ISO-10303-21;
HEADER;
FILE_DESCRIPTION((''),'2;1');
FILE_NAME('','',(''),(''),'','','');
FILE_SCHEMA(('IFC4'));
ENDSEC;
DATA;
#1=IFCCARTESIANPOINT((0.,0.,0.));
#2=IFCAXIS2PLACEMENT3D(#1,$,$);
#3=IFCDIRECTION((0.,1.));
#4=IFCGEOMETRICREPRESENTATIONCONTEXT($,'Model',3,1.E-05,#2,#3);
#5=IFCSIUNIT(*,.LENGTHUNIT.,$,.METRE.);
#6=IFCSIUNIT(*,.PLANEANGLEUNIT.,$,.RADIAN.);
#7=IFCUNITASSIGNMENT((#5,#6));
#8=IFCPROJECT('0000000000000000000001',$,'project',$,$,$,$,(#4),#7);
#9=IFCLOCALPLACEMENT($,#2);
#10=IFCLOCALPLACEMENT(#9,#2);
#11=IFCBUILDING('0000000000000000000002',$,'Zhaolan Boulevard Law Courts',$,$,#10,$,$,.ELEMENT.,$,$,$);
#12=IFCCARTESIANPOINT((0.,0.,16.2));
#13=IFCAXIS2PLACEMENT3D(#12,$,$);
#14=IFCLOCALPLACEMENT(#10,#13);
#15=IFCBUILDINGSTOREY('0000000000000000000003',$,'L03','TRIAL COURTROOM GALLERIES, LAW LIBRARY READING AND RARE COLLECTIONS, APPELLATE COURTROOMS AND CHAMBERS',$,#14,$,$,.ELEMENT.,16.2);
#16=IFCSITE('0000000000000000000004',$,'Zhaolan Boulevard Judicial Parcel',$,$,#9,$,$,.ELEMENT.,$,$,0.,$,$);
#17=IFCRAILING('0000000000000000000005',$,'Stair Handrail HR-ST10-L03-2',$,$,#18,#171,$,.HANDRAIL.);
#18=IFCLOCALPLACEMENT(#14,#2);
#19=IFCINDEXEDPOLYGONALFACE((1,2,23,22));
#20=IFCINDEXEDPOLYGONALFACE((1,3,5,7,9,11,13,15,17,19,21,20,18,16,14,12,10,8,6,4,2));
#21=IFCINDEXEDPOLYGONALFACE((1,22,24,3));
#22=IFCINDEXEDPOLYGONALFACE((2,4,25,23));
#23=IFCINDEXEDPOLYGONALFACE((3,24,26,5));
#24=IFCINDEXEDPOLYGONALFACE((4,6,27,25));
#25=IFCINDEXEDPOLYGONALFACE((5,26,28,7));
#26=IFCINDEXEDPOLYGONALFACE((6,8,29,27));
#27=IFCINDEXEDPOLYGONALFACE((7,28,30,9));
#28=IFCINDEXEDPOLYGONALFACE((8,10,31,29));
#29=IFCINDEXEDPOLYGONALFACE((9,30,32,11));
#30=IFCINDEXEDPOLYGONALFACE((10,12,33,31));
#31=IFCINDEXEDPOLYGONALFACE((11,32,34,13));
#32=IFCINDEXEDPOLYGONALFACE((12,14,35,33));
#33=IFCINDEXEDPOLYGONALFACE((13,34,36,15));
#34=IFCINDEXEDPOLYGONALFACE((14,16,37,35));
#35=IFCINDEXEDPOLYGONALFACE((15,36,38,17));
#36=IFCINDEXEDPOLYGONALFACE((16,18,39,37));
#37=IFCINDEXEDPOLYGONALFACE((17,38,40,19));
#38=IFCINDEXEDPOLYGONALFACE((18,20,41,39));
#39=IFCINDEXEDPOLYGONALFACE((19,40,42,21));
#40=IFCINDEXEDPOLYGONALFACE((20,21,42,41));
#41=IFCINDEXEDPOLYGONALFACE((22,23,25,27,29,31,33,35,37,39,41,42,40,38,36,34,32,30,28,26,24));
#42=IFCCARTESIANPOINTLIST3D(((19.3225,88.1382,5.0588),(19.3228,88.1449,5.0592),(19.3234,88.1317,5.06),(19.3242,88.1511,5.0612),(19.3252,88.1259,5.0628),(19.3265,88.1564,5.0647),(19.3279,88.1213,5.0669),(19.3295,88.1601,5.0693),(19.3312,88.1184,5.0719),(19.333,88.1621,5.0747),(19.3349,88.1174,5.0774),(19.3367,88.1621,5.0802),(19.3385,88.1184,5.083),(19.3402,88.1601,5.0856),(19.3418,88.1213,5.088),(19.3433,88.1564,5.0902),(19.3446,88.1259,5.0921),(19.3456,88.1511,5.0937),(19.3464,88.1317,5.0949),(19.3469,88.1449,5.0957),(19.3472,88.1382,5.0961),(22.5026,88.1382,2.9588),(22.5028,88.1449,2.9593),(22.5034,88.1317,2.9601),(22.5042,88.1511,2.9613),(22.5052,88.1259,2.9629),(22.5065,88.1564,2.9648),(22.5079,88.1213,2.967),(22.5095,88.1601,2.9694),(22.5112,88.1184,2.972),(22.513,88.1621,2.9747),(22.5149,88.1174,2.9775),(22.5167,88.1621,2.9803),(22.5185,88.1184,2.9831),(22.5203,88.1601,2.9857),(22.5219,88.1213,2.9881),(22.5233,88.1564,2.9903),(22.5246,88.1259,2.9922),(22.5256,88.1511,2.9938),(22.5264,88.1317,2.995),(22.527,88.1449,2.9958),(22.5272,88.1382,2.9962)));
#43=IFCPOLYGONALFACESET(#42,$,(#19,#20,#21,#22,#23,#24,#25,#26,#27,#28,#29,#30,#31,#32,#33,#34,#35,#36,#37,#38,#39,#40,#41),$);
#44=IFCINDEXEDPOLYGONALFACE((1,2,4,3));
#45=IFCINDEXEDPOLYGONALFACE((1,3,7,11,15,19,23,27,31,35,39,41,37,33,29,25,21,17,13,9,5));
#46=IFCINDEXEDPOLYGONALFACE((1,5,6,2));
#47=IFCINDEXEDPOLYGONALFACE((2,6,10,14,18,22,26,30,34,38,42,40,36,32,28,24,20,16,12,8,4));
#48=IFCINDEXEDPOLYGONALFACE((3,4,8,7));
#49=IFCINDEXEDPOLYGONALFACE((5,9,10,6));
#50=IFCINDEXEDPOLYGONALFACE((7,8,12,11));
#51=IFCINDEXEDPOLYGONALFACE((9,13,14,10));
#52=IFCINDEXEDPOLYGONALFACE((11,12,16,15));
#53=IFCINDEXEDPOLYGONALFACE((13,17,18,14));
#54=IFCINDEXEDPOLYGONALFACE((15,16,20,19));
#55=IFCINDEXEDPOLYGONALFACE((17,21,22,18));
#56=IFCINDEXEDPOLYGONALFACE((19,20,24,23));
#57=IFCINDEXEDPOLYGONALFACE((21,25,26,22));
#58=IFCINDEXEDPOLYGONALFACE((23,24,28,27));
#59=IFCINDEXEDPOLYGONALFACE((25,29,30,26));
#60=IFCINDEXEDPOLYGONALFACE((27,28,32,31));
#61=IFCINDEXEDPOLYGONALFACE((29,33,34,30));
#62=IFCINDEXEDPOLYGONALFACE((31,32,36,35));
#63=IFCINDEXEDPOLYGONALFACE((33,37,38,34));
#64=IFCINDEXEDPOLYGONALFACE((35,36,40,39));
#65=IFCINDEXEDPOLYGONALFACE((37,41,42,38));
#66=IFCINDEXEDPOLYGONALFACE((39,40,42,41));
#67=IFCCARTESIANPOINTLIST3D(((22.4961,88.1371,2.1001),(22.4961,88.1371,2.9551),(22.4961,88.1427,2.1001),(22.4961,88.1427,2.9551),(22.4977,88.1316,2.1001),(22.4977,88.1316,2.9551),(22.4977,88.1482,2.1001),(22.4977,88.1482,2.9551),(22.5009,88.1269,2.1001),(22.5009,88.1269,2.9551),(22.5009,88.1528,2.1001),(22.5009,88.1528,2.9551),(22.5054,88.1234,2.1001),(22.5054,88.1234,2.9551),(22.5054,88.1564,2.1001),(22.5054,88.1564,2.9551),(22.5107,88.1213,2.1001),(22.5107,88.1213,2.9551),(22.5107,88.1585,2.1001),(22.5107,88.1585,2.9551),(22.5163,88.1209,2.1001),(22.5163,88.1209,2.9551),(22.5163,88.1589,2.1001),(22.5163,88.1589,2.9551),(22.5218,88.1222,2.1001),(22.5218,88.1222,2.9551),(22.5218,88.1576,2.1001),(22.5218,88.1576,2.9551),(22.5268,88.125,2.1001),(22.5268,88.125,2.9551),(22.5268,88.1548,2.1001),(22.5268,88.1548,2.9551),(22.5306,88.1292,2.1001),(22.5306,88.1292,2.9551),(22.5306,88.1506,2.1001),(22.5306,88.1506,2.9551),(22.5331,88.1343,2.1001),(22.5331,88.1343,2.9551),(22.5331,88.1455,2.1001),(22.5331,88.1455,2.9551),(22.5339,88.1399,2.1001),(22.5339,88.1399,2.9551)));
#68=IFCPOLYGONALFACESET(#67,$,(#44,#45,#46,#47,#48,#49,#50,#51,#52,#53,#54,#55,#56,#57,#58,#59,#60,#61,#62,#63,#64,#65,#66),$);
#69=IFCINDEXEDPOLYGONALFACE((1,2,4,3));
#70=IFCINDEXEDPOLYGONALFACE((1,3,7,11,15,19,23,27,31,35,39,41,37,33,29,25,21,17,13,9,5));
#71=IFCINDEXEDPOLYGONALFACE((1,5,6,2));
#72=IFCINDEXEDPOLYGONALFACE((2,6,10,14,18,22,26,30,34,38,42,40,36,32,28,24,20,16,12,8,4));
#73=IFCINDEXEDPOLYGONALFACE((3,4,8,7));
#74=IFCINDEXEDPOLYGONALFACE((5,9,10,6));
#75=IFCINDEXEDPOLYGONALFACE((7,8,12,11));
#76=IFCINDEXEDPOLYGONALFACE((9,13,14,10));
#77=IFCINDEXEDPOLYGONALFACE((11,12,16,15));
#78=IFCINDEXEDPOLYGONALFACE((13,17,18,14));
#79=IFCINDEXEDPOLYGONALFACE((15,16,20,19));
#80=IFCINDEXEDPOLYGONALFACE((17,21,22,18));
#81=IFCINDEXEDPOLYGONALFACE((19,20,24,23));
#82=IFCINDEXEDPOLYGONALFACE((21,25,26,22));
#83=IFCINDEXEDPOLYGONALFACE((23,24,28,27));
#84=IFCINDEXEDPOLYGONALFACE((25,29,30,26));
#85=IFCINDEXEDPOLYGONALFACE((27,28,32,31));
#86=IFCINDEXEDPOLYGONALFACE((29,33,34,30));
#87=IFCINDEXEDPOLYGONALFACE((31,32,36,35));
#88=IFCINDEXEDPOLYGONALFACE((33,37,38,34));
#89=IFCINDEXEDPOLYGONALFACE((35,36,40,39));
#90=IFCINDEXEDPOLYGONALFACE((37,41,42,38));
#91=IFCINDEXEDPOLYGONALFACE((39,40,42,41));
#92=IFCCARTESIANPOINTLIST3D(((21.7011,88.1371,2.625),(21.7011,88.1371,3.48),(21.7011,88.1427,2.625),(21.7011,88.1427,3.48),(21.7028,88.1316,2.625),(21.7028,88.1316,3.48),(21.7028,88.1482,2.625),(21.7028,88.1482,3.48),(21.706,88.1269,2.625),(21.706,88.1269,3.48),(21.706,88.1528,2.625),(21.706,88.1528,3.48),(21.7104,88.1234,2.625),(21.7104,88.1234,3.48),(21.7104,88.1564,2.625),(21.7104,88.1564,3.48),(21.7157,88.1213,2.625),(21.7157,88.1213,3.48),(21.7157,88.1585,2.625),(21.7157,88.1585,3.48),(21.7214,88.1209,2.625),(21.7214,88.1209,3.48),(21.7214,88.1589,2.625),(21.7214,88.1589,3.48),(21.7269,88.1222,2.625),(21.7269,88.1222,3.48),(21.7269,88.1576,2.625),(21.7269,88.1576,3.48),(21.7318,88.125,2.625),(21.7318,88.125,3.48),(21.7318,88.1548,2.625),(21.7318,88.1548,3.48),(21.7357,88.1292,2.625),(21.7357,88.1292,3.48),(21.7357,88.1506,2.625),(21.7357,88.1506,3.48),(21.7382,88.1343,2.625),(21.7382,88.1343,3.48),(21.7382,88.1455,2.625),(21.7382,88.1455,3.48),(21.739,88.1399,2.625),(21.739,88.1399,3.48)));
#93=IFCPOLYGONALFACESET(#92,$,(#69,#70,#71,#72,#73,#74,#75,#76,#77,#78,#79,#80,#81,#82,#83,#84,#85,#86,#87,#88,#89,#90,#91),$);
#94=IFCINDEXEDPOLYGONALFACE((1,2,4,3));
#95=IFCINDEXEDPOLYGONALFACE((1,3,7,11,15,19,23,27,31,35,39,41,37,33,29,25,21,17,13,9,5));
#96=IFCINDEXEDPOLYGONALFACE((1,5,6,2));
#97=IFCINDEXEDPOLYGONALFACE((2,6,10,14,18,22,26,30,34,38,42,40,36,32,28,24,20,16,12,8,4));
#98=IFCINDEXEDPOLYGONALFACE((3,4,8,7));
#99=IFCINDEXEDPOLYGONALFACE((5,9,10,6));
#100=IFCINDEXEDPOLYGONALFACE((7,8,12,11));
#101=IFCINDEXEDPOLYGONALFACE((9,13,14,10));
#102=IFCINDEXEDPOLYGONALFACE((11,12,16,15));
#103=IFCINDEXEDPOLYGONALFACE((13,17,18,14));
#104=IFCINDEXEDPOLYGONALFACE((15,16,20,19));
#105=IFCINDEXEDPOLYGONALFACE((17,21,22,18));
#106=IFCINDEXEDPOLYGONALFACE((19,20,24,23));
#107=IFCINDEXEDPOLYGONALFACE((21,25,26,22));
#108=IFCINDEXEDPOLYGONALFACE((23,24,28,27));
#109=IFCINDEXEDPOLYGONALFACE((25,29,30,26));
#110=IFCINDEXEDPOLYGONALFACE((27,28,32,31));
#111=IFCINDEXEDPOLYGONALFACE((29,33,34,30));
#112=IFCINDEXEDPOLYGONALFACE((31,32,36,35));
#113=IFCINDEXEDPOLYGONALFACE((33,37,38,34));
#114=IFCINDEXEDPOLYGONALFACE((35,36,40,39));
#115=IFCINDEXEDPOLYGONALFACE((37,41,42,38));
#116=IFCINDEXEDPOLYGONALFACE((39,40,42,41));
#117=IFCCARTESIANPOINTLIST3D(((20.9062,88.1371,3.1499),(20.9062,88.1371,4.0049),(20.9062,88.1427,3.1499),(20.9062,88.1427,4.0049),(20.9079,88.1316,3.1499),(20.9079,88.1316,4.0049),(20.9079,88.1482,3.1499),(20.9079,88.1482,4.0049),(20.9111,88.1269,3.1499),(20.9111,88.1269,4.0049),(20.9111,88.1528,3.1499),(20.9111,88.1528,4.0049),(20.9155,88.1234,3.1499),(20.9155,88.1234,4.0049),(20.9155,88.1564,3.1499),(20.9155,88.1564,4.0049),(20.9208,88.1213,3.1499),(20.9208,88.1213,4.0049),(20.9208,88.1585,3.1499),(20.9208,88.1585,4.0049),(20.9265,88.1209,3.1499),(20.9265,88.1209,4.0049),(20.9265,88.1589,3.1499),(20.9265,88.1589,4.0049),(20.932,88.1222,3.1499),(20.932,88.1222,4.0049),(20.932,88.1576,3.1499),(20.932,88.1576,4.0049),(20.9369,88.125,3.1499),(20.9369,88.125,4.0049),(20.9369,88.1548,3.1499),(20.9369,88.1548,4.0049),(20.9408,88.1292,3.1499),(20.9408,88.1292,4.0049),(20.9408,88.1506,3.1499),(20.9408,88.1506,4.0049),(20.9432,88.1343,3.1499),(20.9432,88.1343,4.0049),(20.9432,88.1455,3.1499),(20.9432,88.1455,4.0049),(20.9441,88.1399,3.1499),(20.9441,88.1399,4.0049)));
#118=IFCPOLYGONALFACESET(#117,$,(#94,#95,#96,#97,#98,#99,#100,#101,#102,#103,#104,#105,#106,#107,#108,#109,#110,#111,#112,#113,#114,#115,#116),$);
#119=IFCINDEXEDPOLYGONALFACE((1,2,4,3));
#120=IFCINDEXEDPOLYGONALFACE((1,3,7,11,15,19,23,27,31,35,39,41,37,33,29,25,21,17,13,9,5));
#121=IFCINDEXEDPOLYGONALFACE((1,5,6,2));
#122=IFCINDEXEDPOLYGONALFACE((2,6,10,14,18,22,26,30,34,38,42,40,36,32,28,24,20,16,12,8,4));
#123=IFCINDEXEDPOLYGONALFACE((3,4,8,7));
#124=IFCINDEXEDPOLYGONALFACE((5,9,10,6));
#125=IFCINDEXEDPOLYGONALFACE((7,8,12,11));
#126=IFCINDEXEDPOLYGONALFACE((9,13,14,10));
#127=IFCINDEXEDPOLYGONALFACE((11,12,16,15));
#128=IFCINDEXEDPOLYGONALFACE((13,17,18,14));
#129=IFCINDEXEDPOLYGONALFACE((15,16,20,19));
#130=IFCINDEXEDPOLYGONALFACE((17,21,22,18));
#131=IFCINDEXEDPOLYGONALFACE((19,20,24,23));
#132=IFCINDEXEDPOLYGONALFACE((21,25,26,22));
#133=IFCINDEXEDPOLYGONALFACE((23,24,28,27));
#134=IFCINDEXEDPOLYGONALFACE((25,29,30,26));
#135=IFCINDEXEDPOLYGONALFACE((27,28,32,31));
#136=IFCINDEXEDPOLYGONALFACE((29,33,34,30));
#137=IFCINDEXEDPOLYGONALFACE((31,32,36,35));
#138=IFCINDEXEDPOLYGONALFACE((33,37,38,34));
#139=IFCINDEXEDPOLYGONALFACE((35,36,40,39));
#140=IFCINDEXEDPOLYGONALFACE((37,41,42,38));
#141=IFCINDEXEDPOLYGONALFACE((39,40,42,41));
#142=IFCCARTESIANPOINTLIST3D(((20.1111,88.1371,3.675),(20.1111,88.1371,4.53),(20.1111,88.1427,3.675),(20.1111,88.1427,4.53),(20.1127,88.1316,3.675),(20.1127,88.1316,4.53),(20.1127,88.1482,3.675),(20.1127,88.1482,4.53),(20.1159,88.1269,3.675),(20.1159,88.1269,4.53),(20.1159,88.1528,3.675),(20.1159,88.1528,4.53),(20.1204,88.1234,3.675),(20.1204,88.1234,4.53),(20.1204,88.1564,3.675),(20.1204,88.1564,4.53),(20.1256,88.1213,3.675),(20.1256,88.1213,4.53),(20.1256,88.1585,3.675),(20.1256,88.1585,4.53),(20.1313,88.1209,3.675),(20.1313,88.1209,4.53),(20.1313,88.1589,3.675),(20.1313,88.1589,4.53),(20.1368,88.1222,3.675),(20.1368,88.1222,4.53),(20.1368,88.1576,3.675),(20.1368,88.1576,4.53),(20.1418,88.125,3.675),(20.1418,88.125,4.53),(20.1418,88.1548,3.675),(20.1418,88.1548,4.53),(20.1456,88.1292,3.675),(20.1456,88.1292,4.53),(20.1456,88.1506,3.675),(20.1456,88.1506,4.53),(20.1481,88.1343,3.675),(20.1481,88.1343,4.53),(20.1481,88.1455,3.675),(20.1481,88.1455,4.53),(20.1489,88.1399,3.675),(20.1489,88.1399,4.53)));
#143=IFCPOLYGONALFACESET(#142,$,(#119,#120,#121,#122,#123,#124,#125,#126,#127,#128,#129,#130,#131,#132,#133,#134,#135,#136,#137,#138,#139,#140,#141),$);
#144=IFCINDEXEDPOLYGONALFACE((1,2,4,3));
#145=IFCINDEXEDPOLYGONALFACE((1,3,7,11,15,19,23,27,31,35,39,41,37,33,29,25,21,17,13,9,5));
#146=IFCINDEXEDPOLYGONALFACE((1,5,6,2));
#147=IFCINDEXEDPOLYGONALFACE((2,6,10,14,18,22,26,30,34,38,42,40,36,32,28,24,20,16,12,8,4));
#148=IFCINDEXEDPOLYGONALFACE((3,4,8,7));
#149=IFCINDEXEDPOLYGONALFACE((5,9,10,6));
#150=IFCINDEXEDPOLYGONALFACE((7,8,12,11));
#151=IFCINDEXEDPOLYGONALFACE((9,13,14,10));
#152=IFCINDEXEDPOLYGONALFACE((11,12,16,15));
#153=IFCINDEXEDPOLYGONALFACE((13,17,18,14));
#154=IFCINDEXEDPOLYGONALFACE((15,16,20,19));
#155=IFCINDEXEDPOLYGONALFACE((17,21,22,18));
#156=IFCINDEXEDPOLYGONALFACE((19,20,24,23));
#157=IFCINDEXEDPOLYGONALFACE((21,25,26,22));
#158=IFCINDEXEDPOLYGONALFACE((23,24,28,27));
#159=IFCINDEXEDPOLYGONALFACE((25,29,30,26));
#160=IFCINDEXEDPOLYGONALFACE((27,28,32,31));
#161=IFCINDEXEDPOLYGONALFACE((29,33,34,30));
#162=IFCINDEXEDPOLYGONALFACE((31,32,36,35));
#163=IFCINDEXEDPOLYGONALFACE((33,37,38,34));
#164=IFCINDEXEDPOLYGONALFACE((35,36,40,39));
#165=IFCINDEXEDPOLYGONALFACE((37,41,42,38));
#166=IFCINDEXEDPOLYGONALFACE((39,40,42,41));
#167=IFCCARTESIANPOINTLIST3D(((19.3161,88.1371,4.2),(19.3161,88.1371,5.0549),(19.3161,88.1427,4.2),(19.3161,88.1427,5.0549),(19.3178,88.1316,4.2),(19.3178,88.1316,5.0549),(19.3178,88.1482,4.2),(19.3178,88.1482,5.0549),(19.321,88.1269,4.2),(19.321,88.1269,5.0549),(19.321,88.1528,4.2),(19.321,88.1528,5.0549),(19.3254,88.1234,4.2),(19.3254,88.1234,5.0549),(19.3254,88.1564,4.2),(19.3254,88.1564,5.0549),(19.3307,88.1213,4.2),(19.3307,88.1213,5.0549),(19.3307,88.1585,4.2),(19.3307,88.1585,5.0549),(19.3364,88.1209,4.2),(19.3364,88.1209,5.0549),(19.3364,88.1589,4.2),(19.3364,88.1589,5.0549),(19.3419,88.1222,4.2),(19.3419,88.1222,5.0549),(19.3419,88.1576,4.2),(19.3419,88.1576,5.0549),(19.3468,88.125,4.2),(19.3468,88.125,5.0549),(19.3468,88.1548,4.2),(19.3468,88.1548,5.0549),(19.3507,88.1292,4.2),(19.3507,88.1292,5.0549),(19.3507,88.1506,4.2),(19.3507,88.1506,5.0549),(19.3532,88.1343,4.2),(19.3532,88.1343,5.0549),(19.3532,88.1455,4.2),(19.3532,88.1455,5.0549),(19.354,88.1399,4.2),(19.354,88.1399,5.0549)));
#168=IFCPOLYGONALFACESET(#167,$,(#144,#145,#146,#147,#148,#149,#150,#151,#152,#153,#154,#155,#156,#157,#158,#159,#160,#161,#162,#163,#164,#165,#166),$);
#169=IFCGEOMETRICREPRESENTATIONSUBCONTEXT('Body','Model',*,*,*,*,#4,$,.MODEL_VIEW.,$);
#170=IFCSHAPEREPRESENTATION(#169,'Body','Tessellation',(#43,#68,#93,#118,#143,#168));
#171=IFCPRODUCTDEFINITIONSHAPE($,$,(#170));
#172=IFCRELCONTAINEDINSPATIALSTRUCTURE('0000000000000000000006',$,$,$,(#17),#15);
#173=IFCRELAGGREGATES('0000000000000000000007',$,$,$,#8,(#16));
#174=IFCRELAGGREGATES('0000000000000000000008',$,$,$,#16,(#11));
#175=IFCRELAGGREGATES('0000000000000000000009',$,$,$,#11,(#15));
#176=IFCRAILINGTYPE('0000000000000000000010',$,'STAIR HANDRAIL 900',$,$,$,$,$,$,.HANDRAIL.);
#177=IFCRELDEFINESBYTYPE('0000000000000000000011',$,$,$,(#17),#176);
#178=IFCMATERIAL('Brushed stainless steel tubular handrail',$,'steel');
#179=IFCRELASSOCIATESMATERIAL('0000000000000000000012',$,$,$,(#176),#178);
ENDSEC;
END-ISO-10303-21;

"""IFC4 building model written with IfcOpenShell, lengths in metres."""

from ifc_helpers import new_model, si_unit, direction, frame, origin, origin_2d, place, context, subcontext, project, spatial, circle, extrude, material, type_object, element, save


model = new_model("IFC4")

# Units and contexts
model_context = context("Model", 3, precision=1e-05, world=origin(), true_north=direction((0.0, 1.0)))
body_context = subcontext(model_context, "Body", "Model", "MODEL_VIEW")
ifc_project = project(units=[si_unit("LENGTHUNIT", "METRE"), si_unit("PLANEANGLEUNIT", "RADIAN")], contexts=[model_context])

# Site, building, storey
site_placement = place(None, origin())
site = spatial("IfcSite", under=ifc_project, at=site_placement, Name="Zhaolan Boulevard Judicial Parcel", CompositionType="ELEMENT", RefElevation=0.0)
building_placement = place(site_placement, origin())
building = spatial("IfcBuilding", under=site, at=building_placement, Name="Zhaolan Boulevard Law Courts", CompositionType="ELEMENT")
storey_placement = place(building_placement, frame((0.0, 0.0, 16.2)))
storey = spatial("IfcBuildingStorey", under=building, at=storey_placement, Name="L03", Description="TRIAL COURTROOM GALLERIES, LAW LIBRARY READING AND RARE COLLECTIONS, APPELLATE COURTROOMS AND CHAMBERS", CompositionType="ELEMENT", Elevation=16.2)

# Railing
ifc_material_1 = material(Name="Brushed stainless steel tubular handrail", Category="steel")
railing_type_1 = type_object("IfcRailingType", Name="STAIR HANDRAIL 900", PredefinedType="HANDRAIL", material=ifc_material_1)
railing_1_placement = place(storey_placement, frame((22.5149, 88.1399, 2.1001)))
element("IfcRailing", 1, at=railing_1_placement, inside=storey, type_object=railing_type_1, Name="Stair Handrail HR-ST10-L03-2", PredefinedType="HANDRAIL", context=body_context, shape_type="SweptSolid", body=[
    extrude(circle(Radius=0.0225, at=origin_2d()), frame((0.0, 0.0, 0.8774), z_axis=(-0.834477, 0.0, 0.551043), x_axis=(0.0, -1.0, 0.0)), (0.0, 0.0, 1.0), 3.8108),
    extrude(circle(Radius=0.019, at=origin_2d()), origin(), (0.0, 0.0, 1.0), 0.855),
    extrude(circle(Radius=0.019, at=origin_2d()), frame((-0.7949, 0.0, 0.5249)), (0.0, 0.0, 1.0), 0.855),
    extrude(circle(Radius=0.019, at=origin_2d()), frame((-1.5898, 0.0, 1.0498)), (0.0, 0.0, 1.0), 0.855),
    extrude(circle(Radius=0.019, at=origin_2d()), frame((-2.385, 0.0, 1.575)), (0.0, 0.0, 1.0), 0.855),
    extrude(circle(Radius=0.019, at=origin_2d()), frame((-3.1799, 0.0, 2.0999)), (0.0, 0.0, 1.0), 0.855),
])

save(model, "model.ifc")
